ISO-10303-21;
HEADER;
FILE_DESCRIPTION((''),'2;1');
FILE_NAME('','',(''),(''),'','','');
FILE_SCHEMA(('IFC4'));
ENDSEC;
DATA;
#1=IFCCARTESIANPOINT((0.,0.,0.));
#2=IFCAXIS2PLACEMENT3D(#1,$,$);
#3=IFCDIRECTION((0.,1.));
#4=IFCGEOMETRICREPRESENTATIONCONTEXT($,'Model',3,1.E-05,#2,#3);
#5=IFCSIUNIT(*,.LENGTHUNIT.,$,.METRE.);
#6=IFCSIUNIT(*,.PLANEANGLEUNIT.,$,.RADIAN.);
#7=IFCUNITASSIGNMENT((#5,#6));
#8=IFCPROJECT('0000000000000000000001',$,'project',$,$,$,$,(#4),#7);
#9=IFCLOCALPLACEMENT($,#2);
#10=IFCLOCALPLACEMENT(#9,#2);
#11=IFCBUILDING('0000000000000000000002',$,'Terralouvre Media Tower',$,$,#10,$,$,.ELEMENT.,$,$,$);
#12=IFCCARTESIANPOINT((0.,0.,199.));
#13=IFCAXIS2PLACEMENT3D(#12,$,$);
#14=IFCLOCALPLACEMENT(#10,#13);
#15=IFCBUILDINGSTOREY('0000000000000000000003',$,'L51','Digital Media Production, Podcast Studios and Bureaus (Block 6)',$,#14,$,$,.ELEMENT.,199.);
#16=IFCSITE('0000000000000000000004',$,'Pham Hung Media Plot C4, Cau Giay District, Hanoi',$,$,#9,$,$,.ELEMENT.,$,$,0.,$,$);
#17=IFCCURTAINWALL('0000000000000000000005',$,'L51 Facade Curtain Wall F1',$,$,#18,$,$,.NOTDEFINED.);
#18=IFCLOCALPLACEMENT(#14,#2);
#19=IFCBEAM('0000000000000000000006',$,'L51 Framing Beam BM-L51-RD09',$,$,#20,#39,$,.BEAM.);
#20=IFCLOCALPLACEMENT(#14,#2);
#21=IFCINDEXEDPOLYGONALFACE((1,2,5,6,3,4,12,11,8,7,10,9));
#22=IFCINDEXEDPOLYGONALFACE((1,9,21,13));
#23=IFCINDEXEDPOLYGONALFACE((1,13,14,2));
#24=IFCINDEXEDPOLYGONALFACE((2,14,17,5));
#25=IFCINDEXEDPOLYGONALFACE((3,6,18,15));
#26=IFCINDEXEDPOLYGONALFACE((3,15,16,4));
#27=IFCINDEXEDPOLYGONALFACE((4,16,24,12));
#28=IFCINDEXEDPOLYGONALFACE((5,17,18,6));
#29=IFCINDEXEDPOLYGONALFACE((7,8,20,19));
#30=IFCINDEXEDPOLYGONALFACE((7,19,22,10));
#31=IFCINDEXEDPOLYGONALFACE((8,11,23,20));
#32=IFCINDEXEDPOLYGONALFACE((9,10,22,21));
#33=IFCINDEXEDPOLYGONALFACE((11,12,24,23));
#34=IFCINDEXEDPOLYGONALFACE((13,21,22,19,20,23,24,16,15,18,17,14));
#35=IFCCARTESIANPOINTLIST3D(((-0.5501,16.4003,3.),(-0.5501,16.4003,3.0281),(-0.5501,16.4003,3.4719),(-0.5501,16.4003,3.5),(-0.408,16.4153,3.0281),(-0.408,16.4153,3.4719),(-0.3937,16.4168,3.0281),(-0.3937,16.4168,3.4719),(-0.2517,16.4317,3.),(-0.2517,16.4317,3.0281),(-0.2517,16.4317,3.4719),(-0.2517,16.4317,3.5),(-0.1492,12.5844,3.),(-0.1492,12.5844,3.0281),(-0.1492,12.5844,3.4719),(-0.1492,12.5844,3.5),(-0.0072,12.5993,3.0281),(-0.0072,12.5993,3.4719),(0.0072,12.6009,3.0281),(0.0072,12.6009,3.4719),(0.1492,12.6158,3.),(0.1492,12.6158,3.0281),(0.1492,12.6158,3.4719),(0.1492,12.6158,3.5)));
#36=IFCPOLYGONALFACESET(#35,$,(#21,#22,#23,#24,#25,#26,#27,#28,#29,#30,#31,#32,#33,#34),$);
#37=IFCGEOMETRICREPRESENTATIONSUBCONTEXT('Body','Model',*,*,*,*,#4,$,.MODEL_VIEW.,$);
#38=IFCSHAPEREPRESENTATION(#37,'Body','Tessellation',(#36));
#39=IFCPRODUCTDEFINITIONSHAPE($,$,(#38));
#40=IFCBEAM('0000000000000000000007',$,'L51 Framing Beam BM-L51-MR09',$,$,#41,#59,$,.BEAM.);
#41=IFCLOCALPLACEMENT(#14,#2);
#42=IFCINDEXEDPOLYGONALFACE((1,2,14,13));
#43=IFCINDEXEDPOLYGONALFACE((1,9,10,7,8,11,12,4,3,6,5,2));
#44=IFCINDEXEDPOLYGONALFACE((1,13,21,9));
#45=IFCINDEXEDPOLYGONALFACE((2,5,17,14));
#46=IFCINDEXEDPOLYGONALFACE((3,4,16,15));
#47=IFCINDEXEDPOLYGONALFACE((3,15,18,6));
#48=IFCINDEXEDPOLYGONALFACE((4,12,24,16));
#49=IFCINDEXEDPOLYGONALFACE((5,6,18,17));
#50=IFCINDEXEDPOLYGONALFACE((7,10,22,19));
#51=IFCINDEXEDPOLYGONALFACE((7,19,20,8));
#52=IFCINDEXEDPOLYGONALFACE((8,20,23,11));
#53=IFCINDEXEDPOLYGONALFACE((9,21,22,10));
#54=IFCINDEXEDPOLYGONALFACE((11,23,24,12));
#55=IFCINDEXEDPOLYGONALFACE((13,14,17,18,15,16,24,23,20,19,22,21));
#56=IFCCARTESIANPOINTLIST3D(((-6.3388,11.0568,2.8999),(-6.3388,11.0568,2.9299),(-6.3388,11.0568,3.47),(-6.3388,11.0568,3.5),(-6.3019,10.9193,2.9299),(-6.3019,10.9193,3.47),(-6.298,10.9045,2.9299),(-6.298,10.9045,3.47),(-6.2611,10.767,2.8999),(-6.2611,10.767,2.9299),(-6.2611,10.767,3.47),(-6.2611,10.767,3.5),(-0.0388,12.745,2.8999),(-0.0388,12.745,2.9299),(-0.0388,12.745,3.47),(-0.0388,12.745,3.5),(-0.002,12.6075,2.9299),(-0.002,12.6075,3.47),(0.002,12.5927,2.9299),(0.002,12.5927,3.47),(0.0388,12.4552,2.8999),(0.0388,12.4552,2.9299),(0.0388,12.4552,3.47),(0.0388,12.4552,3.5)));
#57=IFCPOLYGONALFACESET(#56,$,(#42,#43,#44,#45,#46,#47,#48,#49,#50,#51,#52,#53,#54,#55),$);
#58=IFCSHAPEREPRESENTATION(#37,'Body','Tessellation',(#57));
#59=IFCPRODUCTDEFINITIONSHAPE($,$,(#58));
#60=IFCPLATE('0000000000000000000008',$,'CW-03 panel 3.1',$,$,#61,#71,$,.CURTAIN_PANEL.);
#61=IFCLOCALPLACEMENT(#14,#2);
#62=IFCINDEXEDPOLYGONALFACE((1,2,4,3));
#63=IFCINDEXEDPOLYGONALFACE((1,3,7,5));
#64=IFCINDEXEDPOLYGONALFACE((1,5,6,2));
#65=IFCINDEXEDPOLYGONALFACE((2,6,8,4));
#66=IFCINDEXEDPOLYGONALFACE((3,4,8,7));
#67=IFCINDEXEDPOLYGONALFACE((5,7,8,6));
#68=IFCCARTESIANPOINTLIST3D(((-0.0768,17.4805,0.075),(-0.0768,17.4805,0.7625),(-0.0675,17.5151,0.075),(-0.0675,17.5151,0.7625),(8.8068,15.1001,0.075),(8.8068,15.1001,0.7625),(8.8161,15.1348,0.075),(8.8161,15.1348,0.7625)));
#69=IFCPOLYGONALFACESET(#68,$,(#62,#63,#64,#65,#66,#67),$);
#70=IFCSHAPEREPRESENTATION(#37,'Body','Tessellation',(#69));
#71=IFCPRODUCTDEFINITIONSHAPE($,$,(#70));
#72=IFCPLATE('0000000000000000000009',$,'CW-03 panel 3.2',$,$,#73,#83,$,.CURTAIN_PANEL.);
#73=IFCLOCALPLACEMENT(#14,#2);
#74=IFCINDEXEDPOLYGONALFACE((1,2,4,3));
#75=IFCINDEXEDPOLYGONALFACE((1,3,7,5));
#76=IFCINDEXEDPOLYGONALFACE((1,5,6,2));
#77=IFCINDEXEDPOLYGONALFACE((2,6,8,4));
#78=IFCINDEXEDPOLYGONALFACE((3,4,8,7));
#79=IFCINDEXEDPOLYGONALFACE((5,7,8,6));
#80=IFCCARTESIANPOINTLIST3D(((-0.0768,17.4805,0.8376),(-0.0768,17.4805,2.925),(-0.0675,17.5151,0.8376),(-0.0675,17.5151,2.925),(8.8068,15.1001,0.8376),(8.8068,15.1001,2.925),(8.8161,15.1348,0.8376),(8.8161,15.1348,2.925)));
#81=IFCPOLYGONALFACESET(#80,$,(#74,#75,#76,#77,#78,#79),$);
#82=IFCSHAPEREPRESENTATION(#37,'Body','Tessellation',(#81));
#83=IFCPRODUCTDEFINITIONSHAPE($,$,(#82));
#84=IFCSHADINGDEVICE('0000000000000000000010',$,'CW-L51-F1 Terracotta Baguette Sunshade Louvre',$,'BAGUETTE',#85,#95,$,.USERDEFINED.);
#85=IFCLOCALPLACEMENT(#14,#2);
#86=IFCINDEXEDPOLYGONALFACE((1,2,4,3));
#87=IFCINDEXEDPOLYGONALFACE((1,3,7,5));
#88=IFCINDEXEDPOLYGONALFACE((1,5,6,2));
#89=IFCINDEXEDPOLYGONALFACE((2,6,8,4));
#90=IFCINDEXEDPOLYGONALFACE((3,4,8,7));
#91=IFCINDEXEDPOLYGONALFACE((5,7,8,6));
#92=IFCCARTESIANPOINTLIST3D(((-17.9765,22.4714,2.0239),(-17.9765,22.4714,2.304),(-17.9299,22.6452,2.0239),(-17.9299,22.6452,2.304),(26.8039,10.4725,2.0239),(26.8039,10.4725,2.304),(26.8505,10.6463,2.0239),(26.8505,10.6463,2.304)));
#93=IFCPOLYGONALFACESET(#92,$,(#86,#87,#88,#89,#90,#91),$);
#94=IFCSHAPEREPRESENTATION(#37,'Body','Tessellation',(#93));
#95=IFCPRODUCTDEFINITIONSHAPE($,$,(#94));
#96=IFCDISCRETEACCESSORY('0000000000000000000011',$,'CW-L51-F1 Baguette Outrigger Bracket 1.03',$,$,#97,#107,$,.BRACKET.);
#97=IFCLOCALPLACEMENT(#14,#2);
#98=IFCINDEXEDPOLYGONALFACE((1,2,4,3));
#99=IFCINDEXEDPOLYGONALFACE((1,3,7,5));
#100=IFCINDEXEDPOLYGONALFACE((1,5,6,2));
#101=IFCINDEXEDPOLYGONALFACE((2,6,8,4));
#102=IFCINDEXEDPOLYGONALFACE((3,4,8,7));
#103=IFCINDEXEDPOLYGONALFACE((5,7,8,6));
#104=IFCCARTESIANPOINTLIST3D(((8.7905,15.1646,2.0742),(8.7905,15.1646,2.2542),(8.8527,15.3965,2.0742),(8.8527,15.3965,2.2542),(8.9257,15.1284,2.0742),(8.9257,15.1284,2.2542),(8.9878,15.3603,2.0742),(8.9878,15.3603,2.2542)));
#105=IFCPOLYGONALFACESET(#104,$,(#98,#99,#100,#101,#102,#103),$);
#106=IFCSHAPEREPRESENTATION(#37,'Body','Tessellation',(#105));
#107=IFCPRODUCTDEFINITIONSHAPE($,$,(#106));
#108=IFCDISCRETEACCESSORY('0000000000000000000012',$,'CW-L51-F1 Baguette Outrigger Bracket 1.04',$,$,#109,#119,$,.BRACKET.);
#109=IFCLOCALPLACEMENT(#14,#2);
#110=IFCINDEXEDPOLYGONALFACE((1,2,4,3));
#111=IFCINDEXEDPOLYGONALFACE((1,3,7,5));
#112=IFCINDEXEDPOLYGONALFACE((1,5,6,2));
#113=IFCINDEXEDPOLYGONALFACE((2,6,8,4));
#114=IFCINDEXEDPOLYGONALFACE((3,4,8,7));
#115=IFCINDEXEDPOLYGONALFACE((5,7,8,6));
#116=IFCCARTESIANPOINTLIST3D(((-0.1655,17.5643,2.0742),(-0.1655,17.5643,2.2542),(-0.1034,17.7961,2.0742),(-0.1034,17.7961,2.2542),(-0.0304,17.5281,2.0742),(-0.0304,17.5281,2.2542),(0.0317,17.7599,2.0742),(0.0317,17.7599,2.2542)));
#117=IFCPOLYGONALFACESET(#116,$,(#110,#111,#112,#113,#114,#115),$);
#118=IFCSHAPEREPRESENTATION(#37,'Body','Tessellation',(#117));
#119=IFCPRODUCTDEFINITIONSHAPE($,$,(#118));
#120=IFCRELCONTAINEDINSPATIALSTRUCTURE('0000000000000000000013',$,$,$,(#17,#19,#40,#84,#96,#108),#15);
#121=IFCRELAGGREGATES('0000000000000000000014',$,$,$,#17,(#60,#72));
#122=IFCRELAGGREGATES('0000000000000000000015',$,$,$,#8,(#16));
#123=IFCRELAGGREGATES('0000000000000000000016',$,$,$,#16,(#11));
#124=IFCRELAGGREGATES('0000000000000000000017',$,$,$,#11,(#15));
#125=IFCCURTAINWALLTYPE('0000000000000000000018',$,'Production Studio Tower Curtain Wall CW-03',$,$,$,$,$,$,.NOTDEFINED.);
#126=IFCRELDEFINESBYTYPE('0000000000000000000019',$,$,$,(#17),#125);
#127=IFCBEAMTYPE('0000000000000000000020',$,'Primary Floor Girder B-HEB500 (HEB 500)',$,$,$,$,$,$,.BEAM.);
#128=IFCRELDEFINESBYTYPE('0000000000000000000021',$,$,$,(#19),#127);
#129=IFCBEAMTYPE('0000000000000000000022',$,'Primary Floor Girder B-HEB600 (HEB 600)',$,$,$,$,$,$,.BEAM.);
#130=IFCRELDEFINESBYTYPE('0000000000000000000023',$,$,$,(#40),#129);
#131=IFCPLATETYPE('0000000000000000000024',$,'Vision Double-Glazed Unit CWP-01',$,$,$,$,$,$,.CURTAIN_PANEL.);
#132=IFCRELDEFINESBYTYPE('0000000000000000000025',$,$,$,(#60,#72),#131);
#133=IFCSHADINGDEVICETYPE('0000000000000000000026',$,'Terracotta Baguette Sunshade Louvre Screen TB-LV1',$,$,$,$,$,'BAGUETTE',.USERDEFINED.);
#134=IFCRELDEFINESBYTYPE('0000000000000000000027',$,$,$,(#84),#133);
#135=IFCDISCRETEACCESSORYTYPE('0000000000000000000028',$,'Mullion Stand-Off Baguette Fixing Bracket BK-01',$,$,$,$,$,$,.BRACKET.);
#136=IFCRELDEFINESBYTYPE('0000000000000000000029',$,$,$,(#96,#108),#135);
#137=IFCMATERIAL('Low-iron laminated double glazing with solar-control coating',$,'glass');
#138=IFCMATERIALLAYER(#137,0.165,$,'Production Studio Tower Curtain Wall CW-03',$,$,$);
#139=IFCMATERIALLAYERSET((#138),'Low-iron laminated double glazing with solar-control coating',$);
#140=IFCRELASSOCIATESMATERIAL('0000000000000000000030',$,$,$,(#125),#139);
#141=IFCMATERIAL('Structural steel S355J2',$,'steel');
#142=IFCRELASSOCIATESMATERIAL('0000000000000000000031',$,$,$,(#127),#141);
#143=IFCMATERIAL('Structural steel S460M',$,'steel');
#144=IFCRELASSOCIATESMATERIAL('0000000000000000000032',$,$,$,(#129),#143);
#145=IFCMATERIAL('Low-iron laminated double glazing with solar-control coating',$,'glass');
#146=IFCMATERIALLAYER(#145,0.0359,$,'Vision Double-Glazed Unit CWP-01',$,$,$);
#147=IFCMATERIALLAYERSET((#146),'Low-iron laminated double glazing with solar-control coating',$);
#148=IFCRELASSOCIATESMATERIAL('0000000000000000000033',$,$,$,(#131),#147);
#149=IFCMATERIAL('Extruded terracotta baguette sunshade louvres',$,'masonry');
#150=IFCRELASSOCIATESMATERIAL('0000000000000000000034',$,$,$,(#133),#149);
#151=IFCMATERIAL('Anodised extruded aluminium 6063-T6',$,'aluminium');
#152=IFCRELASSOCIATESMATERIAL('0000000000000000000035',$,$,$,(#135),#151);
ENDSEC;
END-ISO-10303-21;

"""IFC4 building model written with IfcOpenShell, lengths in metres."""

from ifc_helpers import new_model, si_unit, direction, frame, origin, origin_2d, place, context, subcontext, project, spatial, rectangle, i_section, extrude, material, layer, layer_set, material_profile, profile_set, type_object, element, aggregate, save


model = new_model("IFC4")

# Units and contexts
model_context = context("Model", 3, precision=1e-05, world=origin(), true_north=direction((0.0, 1.0)))
body_context = subcontext(model_context, "Body", "Model", "MODEL_VIEW")
ifc_project = project(units=[si_unit("LENGTHUNIT", "METRE"), si_unit("PLANEANGLEUNIT", "RADIAN")], contexts=[model_context])

# Site, building, storey
site_placement = place(None, origin())
site = spatial("IfcSite", under=ifc_project, at=site_placement, Name="Pham Hung Media Plot C4, Cau Giay District, Hanoi", CompositionType="ELEMENT", RefElevation=0.0)
building_placement = place(site_placement, origin())
building = spatial("IfcBuilding", under=site, at=building_placement, Name="Terralouvre Media Tower", CompositionType="ELEMENT")
storey_placement = place(building_placement, frame((0.0, 0.0, 199.0)))
storey = spatial("IfcBuildingStorey", under=building, at=storey_placement, Name="L51", Description="Digital Media Production, Podcast Studios and Bureaus (Block 6)", CompositionType="ELEMENT", Elevation=199.0)

# Curtain wall
ifc_material_1 = material(Name="Low-iron laminated double glazing with solar-control coating", Category="glass")
ifc_layer_1 = layer(ifc_material_1, 0.165, Name="Production Studio Tower Curtain Wall CW-03")
ifc_layer_set_1 = layer_set([ifc_layer_1], Name="Low-iron laminated double glazing with solar-control coating")
curtain_wall_type = type_object("IfcCurtainWallType", Name="Production Studio Tower Curtain Wall CW-03", PredefinedType="NOTDEFINED", material=ifc_layer_set_1)
curtain_wall_placement = place(storey_placement, origin())
curtain_wall = element("IfcCurtainWall", 1, at=curtain_wall_placement, inside=storey, type_object=curtain_wall_type, Name="L51 Facade Curtain Wall F1", PredefinedType="NOTDEFINED")

# Beams
ifc_material_2 = material(Name="Structural steel S355J2", Category="steel")
ifc_material_profile_1 = material_profile(ifc_material_2, i_section(OverallWidth=0.3, OverallDepth=0.5, WebThickness=0.0144, FlangeThickness=0.0281, at=origin_2d()), Name="HEB 500")
ifc_profile_set_1 = profile_set([ifc_material_profile_1], Name="Structural steel S355J2")
beam_type_1 = type_object("IfcBeamType", Name="Primary Floor Girder B-HEB500 (HEB 500)", PredefinedType="BEAM", material=ifc_profile_set_1)
beam_1_placement = place(storey_placement, frame((0.0, 12.6001, 3.25), z_axis=(-0.104479, 0.994527, 0.0), x_axis=(-0.994527, -0.104479, 0.0)))
element("IfcBeam", 2, at=beam_1_placement, inside=storey, type_object=beam_type_1, Name="L51 Framing Beam BM-L51-RD09", PredefinedType="BEAM", context=body_context, shape_type="SweptSolid", body=[
    extrude(i_section(OverallWidth=0.3, OverallDepth=0.5, WebThickness=0.0144, FlangeThickness=0.0281, at=origin_2d()), origin(), (0.0, 0.0, 1.0), 3.8369),
])
ifc_material_3 = material(Name="Structural steel S460M", Category="steel")
ifc_material_profile_2 = material_profile(ifc_material_3, i_section(OverallWidth=0.3, OverallDepth=0.6001, WebThickness=0.0154, FlangeThickness=0.03, at=origin_2d()), Name="HEB 600")
ifc_profile_set_2 = profile_set([ifc_material_profile_2], Name="Structural steel S460M")
beam_type_2 = type_object("IfcBeamType", Name="Primary Floor Girder B-HEB600 (HEB 600)", PredefinedType="BEAM", material=ifc_profile_set_2)
beam_2_placement = place(storey_placement, frame((0.0, 12.6001, 3.2), z_axis=(-0.96592, -0.258839, 0.0), x_axis=(0.258839, -0.96592, 0.0)))
element("IfcBeam", 3, at=beam_2_placement, inside=storey, type_object=beam_type_2, Name="L51 Framing Beam BM-L51-MR09", PredefinedType="BEAM", context=body_context, shape_type="SweptSolid", body=[
    extrude(i_section(OverallWidth=0.3, OverallDepth=0.6001, WebThickness=0.0154, FlangeThickness=0.03, at=origin_2d()), origin(), (0.0, 0.0, 1.0), 6.5222),
])

# Plates
ifc_material_4 = material(Name="Low-iron laminated double glazing with solar-control coating", Category="glass")
ifc_layer_2 = layer(ifc_material_4, 0.0359, Name="Vision Double-Glazed Unit CWP-01")
ifc_layer_set_2 = layer_set([ifc_layer_2], Name="Low-iron laminated double glazing with solar-control coating")
plate_type = type_object("IfcPlateType", Name="Vision Double-Glazed Unit CWP-01", PredefinedType="CURTAIN_PANEL", material=ifc_layer_set_2)
plate_1_placement = place(storey_placement, frame((4.3696, 16.3076, 0.075), z_axis=(0.0, 0.0, 1.0), x_axis=(-0.965926, 0.258819, 0.0)))
plate_1 = element("IfcPlate", 4, at=plate_1_placement, type_object=plate_type, Name="CW-03 panel 3.1", PredefinedType="CURTAIN_PANEL", context=body_context, shape_type="SweptSolid", body=[
    extrude(rectangle(XDim=9.197, YDim=0.0359, at=origin_2d()), origin(), (0.0, 0.0, 1.0), 0.6875),
])
plate_2_placement = place(storey_placement, frame((4.3696, 16.3076, 0.8376), z_axis=(0.0, 0.0, 1.0), x_axis=(-0.965926, 0.258819, 0.0)))
plate_2 = element("IfcPlate", 5, at=plate_2_placement, type_object=plate_type, Name="CW-03 panel 3.2", PredefinedType="CURTAIN_PANEL", context=body_context, shape_type="SweptSolid", body=[
    extrude(rectangle(XDim=9.197, YDim=0.0359, at=origin_2d()), origin(), (0.0, 0.0, 1.0), 2.0874),
])
aggregate(curtain_wall, [plate_1, plate_2])

# Shading device
ifc_material_5 = material(Name="Extruded terracotta baguette sunshade louvres", Category="masonry")
shading_device_type = type_object("IfcShadingDeviceType", Name="Terracotta Baguette Sunshade Louvre Screen TB-LV1", ElementType="BAGUETTE", PredefinedType="USERDEFINED", material=ifc_material_5)
shading_device_placement = place(storey_placement, frame((4.437, 16.5588, 2.0239), z_axis=(0.0, 0.0, 1.0), x_axis=(-0.965926, 0.258819, 0.0)))
element("IfcShadingDevice", 6, at=shading_device_placement, inside=storey, type_object=shading_device_type, Name="CW-L51-F1 Terracotta Baguette Sunshade Louvre", ObjectType="BAGUETTE", PredefinedType="USERDEFINED", context=body_context, shape_type="SweptSolid", body=[
    extrude(rectangle(XDim=46.3601, YDim=0.1799, at=origin_2d()), origin(), (0.0, 0.0, 1.0), 0.28),
])

# Discrete accessories
ifc_material_6 = material(Name="Anodised extruded aluminium 6063-T6", Category="aluminium")
discrete_accessory_type = type_object("IfcDiscreteAccessoryType", Name="Mullion Stand-Off Baguette Fixing Bracket BK-01", PredefinedType="BRACKET", material=ifc_material_6)
for number, where, z_axis, x_axis, name in (
    (7, (8.8892, 15.2625, 2.0742), (0.0, 0.0, 1.0), (-0.965926, 0.258819, 0.0), "CW-L51-F1 Baguette Outrigger Bracket 1.03"),
    (8, (-0.0669, 17.6621, 2.0742), (0.0, 0.0, 1.0), (-0.965926, 0.258819, 0.0), "CW-L51-F1 Baguette Outrigger Bracket 1.04"),
):
    element("IfcDiscreteAccessory", number, at=place(storey_placement, frame(where, z_axis=z_axis, x_axis=x_axis)), inside=storey, type_object=discrete_accessory_type, Name=name, PredefinedType="BRACKET", context=body_context, shape_type="SweptSolid", body=[
        extrude(rectangle(XDim=0.1399, YDim=0.24, at=origin_2d()), origin(), (0.0, 0.0, 1.0), 0.1799),
    ])

save(model, "model.ifc")
